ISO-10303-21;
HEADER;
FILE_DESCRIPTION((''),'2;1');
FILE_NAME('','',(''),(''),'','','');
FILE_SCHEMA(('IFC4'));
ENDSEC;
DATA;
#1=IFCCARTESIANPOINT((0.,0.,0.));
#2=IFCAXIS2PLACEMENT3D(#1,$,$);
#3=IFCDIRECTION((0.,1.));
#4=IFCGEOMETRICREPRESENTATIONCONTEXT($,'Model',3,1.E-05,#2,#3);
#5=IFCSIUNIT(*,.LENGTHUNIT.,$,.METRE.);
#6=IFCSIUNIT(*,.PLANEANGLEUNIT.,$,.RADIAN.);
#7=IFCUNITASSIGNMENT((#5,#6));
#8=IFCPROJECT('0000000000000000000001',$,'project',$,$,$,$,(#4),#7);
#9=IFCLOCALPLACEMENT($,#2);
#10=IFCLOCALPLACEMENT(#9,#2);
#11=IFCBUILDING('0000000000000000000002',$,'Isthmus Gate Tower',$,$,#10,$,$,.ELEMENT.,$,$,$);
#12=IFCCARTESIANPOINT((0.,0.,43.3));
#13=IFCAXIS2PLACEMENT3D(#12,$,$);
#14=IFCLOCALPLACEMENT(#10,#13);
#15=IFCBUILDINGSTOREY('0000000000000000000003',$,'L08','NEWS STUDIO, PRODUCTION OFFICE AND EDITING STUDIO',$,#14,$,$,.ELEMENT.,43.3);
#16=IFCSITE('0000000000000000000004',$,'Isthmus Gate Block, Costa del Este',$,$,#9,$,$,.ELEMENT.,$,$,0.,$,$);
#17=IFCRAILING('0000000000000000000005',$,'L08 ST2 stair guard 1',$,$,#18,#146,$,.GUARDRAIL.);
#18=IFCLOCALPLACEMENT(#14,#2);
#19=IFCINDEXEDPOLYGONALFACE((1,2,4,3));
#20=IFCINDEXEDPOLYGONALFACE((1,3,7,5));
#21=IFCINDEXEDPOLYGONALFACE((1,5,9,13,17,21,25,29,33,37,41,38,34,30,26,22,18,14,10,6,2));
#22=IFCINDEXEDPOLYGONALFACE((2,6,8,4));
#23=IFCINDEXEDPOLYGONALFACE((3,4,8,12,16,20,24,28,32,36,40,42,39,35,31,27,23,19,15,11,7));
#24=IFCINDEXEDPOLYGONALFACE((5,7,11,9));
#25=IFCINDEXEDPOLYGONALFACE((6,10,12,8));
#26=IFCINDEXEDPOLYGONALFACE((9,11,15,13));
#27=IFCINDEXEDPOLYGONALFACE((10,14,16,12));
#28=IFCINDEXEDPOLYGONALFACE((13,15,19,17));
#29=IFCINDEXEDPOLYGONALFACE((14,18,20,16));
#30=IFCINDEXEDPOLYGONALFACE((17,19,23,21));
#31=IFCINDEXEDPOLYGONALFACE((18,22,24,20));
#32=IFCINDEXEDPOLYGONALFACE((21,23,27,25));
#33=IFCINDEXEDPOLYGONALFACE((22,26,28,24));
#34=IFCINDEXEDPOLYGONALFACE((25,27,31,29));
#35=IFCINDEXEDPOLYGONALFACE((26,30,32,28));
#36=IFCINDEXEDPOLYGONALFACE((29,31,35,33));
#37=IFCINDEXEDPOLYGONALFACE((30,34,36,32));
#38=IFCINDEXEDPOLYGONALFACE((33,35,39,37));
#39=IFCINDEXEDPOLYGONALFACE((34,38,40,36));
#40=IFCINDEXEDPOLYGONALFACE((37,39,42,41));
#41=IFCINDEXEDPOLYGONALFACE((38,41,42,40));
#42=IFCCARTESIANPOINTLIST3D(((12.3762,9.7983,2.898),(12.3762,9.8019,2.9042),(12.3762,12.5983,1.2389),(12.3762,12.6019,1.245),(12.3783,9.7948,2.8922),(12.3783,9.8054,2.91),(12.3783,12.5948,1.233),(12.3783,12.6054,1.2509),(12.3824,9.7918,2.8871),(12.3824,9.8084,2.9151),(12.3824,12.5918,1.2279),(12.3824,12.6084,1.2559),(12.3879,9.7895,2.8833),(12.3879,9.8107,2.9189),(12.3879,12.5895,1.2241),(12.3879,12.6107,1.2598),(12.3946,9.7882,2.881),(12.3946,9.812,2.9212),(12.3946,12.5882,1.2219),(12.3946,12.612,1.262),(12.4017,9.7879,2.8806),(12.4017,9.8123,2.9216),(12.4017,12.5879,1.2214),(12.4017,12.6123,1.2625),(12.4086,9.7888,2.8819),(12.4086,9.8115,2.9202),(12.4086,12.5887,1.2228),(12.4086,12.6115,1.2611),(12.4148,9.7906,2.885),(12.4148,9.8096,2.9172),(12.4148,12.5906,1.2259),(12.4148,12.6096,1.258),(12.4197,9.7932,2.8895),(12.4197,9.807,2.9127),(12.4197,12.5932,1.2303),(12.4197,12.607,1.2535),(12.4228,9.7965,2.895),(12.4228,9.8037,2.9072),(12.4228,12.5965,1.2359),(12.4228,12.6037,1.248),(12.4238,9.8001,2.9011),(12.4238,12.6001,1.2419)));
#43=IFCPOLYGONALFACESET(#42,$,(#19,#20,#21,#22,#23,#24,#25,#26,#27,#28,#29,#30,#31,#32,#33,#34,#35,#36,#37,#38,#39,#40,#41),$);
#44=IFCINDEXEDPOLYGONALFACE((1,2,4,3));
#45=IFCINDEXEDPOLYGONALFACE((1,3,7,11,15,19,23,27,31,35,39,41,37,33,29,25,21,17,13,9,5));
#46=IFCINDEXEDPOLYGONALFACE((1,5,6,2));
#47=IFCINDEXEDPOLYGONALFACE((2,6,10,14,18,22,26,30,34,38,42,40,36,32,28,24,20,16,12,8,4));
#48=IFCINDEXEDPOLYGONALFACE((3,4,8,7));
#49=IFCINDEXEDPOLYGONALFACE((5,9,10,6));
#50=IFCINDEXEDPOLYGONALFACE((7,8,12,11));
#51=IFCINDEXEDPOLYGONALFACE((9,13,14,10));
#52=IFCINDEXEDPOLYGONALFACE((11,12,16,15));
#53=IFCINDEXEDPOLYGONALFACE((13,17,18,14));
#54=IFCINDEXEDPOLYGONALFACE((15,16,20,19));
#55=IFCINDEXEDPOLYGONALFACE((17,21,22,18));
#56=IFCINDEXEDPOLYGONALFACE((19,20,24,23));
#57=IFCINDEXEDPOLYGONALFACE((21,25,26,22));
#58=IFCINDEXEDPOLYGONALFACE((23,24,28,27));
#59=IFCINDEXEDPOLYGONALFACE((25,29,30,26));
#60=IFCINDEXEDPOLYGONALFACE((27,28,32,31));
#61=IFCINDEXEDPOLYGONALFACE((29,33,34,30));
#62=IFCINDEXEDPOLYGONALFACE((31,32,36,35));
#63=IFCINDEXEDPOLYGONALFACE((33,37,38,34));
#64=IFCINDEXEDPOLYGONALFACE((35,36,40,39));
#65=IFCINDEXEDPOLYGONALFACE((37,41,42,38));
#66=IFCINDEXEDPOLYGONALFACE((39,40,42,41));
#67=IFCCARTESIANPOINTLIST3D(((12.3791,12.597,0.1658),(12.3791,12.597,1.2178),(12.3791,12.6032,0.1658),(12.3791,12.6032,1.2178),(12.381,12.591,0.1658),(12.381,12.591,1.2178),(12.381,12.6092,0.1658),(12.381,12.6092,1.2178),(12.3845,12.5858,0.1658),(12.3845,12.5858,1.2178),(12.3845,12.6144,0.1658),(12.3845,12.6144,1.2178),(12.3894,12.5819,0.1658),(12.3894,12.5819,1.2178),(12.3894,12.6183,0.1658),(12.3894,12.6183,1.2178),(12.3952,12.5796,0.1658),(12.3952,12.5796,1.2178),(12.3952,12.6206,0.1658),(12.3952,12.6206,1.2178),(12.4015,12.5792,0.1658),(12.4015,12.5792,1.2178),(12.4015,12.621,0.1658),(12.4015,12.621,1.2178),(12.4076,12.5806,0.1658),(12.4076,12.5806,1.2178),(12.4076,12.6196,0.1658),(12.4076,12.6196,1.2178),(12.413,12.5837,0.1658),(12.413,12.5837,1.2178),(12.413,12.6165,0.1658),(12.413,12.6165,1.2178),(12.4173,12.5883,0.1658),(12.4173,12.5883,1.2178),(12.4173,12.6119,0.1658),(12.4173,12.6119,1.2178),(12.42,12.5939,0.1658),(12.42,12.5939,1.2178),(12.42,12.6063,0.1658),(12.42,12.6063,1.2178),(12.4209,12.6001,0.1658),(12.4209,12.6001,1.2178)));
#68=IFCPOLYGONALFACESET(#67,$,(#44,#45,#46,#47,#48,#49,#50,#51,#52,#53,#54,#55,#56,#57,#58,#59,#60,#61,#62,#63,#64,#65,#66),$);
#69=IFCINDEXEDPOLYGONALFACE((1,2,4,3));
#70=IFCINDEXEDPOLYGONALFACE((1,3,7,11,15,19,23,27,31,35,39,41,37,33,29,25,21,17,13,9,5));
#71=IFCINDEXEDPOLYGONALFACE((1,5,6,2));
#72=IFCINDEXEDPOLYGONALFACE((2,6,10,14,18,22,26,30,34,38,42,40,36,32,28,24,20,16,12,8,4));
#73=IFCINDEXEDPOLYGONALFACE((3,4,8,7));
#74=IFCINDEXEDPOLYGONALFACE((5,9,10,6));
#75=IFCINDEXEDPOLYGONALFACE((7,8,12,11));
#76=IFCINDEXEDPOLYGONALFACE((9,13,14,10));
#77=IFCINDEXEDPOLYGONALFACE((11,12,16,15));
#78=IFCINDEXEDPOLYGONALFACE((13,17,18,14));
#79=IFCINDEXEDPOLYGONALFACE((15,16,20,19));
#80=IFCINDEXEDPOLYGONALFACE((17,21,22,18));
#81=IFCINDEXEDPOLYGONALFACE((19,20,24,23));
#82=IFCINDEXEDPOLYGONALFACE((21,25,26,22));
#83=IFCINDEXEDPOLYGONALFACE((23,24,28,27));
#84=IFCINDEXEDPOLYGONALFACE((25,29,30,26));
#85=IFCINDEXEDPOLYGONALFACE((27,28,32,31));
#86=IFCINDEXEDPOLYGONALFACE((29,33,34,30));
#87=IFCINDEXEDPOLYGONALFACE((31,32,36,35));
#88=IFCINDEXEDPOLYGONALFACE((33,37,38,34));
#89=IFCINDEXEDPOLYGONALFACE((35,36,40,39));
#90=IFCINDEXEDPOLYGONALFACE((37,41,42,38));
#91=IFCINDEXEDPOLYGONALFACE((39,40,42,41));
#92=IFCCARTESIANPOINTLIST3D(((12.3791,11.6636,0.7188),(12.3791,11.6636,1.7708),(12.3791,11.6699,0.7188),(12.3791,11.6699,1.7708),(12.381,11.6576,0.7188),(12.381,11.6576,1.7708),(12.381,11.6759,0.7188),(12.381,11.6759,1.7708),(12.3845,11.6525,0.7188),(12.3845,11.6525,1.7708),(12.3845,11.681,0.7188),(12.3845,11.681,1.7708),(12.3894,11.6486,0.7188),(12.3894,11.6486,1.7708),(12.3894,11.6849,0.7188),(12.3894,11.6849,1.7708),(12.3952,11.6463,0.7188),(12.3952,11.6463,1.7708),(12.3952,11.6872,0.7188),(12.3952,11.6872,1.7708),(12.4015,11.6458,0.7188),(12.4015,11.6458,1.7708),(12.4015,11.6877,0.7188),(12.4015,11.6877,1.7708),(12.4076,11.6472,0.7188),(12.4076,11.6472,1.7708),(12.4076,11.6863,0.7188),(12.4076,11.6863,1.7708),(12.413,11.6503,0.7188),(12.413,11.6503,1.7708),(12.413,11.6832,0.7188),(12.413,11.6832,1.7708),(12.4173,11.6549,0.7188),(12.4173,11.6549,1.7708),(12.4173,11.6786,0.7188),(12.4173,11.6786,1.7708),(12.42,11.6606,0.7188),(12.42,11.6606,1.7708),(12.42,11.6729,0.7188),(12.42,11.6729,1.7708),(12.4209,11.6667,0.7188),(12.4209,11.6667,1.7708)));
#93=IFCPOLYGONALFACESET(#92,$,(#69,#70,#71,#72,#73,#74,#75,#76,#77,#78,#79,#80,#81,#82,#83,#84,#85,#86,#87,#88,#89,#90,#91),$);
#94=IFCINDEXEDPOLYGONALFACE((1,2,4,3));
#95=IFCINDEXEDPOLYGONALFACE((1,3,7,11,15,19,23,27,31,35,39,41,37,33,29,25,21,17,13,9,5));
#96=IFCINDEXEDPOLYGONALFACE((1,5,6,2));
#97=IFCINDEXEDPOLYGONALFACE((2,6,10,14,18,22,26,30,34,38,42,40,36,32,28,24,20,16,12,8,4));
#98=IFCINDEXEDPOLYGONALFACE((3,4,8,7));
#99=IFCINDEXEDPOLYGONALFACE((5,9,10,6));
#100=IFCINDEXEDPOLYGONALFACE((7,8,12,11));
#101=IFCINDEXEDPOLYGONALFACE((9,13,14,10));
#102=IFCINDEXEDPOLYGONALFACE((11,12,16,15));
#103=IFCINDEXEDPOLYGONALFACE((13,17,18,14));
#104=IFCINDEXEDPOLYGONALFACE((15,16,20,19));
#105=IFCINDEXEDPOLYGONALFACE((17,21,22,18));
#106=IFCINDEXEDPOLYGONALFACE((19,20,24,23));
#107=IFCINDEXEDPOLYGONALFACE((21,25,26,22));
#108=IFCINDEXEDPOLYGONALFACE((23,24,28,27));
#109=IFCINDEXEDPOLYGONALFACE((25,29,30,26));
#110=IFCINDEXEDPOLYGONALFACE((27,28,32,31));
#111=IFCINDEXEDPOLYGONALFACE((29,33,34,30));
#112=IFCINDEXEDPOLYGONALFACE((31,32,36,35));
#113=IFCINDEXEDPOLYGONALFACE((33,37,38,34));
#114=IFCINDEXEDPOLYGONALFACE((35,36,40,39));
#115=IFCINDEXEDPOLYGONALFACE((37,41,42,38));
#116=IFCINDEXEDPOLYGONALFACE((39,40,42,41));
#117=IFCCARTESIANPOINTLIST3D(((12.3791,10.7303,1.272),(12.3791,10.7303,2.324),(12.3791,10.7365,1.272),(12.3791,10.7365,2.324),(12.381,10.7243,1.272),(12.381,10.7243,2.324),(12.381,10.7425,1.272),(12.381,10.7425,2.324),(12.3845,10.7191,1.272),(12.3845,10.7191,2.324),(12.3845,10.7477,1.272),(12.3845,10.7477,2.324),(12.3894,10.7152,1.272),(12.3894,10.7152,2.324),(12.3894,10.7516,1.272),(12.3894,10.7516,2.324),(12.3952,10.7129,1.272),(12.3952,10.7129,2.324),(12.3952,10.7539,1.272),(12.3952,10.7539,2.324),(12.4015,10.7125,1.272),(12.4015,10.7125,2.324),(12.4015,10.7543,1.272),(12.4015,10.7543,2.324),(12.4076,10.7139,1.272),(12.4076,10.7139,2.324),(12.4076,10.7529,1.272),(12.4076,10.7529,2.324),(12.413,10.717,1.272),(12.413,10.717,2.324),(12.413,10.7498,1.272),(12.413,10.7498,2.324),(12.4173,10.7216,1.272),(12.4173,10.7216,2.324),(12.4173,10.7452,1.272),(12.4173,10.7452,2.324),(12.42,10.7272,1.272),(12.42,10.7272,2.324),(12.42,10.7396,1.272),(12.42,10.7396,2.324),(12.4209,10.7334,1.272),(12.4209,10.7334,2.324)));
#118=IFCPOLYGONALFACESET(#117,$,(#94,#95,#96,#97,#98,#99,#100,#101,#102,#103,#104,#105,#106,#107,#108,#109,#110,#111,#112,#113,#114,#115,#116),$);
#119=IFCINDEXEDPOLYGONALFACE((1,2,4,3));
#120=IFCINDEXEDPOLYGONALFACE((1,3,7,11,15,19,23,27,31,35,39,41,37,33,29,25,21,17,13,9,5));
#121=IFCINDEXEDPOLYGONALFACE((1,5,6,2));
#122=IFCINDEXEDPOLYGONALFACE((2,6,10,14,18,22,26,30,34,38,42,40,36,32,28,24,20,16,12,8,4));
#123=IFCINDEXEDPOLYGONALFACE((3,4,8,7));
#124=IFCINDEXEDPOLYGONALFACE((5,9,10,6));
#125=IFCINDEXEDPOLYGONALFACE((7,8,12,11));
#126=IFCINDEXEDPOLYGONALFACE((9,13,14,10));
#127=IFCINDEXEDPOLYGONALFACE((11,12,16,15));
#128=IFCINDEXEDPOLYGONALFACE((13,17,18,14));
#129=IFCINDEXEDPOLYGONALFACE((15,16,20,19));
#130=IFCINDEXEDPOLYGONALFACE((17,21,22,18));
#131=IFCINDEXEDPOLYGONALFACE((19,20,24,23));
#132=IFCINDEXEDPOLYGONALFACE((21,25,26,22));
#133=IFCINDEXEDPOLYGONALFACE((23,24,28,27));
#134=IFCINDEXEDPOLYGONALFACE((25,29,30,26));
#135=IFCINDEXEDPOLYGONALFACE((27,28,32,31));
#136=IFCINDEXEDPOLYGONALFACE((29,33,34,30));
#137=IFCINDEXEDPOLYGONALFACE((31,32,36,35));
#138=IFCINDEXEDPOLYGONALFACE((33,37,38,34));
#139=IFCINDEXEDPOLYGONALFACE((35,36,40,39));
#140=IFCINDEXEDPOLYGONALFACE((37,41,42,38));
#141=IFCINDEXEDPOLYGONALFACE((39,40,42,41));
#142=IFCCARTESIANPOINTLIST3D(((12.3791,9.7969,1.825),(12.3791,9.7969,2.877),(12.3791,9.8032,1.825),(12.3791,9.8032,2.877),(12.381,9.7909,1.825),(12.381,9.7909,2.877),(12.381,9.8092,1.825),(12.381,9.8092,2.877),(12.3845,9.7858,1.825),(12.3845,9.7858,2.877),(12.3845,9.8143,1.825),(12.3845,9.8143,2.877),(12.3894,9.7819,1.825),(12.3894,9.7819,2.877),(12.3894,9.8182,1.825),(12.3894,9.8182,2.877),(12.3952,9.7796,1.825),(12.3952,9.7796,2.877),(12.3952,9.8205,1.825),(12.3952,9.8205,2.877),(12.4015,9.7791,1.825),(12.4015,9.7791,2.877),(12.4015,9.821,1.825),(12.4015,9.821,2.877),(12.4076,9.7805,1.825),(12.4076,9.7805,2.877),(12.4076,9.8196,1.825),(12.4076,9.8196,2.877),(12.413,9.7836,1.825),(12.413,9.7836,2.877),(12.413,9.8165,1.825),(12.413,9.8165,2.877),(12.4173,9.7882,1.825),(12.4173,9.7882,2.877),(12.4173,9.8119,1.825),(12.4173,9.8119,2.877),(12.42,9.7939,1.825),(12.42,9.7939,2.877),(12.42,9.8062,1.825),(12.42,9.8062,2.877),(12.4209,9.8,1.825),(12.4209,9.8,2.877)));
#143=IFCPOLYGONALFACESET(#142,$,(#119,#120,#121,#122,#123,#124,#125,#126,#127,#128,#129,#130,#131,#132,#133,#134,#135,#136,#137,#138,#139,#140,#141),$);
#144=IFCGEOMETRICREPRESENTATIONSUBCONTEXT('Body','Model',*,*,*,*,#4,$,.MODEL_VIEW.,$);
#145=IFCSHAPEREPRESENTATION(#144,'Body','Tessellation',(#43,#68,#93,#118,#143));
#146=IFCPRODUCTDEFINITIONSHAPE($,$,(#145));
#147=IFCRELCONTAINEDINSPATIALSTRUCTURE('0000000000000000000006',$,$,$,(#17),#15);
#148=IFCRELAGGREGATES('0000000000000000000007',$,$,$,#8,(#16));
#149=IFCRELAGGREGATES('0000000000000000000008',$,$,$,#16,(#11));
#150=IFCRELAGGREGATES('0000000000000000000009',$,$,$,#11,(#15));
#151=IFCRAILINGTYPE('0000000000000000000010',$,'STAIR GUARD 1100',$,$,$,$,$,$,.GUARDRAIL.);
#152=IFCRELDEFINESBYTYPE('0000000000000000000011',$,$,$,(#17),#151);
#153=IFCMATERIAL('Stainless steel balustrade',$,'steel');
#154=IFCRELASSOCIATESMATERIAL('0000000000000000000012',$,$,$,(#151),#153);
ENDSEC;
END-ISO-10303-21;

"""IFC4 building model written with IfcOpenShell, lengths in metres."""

from ifc_helpers import new_model, si_unit, direction, frame, origin, origin_2d, place, context, subcontext, project, spatial, circle, extrude, material, type_object, element, save


model = new_model("IFC4")

# Units and contexts
model_context = context("Model", 3, precision=1e-05, world=origin(), true_north=direction((0.0, 1.0)))
body_context = subcontext(model_context, "Body", "Model", "MODEL_VIEW")
ifc_project = project(units=[si_unit("LENGTHUNIT", "METRE"), si_unit("PLANEANGLEUNIT", "RADIAN")], contexts=[model_context])

# Site, building, storey
site_placement = place(None, origin())
site = spatial("IfcSite", under=ifc_project, at=site_placement, Name="Isthmus Gate Block, Costa del Este", CompositionType="ELEMENT", RefElevation=0.0)
building_placement = place(site_placement, origin())
building = spatial("IfcBuilding", under=site, at=building_placement, Name="Isthmus Gate Tower", CompositionType="ELEMENT")
storey_placement = place(building_placement, frame((0.0, 0.0, 43.3)))
storey = spatial("IfcBuildingStorey", under=building, at=storey_placement, Name="L08", Description="NEWS STUDIO, PRODUCTION OFFICE AND EDITING STUDIO", CompositionType="ELEMENT", Elevation=43.3)

# Railing
ifc_material_1 = material(Name="Stainless steel balustrade", Category="steel")
railing_type_1 = type_object("IfcRailingType", Name="STAIR GUARD 1100", PredefinedType="GUARDRAIL", material=ifc_material_1)
railing_1_placement = place(storey_placement, frame((12.3999, 12.6001, 0.1658)))
element("IfcRailing", 1, at=railing_1_placement, inside=storey, type_object=railing_type_1, Name="L08 ST2 stair guard 1", PredefinedType="GUARDRAIL", context=body_context, shape_type="SweptSolid", body=[
    extrude(circle(Radius=0.0239, at=origin_2d()), frame((0.0, 0.0, 1.0762), z_axis=(0.0, -0.860306, 0.509778), x_axis=(1.0, 0.0, 0.0)), (0.0, 0.0, 1.0), 3.2546),
    extrude(circle(Radius=0.021, at=origin_2d()), origin(), (0.0, 0.0, 1.0), 1.052),
    extrude(circle(Radius=0.021, at=origin_2d()), frame((0.0, -0.9333, 0.553)), (0.0, 0.0, 1.0), 1.052),
    extrude(circle(Radius=0.021, at=origin_2d()), frame((0.0, -1.8667, 1.1062)), (0.0, 0.0, 1.0), 1.052),
    extrude(circle(Radius=0.021, at=origin_2d()), frame((0.0, -2.8, 1.6592)), (0.0, 0.0, 1.0), 1.052),
])

save(model, "model.ifc")
